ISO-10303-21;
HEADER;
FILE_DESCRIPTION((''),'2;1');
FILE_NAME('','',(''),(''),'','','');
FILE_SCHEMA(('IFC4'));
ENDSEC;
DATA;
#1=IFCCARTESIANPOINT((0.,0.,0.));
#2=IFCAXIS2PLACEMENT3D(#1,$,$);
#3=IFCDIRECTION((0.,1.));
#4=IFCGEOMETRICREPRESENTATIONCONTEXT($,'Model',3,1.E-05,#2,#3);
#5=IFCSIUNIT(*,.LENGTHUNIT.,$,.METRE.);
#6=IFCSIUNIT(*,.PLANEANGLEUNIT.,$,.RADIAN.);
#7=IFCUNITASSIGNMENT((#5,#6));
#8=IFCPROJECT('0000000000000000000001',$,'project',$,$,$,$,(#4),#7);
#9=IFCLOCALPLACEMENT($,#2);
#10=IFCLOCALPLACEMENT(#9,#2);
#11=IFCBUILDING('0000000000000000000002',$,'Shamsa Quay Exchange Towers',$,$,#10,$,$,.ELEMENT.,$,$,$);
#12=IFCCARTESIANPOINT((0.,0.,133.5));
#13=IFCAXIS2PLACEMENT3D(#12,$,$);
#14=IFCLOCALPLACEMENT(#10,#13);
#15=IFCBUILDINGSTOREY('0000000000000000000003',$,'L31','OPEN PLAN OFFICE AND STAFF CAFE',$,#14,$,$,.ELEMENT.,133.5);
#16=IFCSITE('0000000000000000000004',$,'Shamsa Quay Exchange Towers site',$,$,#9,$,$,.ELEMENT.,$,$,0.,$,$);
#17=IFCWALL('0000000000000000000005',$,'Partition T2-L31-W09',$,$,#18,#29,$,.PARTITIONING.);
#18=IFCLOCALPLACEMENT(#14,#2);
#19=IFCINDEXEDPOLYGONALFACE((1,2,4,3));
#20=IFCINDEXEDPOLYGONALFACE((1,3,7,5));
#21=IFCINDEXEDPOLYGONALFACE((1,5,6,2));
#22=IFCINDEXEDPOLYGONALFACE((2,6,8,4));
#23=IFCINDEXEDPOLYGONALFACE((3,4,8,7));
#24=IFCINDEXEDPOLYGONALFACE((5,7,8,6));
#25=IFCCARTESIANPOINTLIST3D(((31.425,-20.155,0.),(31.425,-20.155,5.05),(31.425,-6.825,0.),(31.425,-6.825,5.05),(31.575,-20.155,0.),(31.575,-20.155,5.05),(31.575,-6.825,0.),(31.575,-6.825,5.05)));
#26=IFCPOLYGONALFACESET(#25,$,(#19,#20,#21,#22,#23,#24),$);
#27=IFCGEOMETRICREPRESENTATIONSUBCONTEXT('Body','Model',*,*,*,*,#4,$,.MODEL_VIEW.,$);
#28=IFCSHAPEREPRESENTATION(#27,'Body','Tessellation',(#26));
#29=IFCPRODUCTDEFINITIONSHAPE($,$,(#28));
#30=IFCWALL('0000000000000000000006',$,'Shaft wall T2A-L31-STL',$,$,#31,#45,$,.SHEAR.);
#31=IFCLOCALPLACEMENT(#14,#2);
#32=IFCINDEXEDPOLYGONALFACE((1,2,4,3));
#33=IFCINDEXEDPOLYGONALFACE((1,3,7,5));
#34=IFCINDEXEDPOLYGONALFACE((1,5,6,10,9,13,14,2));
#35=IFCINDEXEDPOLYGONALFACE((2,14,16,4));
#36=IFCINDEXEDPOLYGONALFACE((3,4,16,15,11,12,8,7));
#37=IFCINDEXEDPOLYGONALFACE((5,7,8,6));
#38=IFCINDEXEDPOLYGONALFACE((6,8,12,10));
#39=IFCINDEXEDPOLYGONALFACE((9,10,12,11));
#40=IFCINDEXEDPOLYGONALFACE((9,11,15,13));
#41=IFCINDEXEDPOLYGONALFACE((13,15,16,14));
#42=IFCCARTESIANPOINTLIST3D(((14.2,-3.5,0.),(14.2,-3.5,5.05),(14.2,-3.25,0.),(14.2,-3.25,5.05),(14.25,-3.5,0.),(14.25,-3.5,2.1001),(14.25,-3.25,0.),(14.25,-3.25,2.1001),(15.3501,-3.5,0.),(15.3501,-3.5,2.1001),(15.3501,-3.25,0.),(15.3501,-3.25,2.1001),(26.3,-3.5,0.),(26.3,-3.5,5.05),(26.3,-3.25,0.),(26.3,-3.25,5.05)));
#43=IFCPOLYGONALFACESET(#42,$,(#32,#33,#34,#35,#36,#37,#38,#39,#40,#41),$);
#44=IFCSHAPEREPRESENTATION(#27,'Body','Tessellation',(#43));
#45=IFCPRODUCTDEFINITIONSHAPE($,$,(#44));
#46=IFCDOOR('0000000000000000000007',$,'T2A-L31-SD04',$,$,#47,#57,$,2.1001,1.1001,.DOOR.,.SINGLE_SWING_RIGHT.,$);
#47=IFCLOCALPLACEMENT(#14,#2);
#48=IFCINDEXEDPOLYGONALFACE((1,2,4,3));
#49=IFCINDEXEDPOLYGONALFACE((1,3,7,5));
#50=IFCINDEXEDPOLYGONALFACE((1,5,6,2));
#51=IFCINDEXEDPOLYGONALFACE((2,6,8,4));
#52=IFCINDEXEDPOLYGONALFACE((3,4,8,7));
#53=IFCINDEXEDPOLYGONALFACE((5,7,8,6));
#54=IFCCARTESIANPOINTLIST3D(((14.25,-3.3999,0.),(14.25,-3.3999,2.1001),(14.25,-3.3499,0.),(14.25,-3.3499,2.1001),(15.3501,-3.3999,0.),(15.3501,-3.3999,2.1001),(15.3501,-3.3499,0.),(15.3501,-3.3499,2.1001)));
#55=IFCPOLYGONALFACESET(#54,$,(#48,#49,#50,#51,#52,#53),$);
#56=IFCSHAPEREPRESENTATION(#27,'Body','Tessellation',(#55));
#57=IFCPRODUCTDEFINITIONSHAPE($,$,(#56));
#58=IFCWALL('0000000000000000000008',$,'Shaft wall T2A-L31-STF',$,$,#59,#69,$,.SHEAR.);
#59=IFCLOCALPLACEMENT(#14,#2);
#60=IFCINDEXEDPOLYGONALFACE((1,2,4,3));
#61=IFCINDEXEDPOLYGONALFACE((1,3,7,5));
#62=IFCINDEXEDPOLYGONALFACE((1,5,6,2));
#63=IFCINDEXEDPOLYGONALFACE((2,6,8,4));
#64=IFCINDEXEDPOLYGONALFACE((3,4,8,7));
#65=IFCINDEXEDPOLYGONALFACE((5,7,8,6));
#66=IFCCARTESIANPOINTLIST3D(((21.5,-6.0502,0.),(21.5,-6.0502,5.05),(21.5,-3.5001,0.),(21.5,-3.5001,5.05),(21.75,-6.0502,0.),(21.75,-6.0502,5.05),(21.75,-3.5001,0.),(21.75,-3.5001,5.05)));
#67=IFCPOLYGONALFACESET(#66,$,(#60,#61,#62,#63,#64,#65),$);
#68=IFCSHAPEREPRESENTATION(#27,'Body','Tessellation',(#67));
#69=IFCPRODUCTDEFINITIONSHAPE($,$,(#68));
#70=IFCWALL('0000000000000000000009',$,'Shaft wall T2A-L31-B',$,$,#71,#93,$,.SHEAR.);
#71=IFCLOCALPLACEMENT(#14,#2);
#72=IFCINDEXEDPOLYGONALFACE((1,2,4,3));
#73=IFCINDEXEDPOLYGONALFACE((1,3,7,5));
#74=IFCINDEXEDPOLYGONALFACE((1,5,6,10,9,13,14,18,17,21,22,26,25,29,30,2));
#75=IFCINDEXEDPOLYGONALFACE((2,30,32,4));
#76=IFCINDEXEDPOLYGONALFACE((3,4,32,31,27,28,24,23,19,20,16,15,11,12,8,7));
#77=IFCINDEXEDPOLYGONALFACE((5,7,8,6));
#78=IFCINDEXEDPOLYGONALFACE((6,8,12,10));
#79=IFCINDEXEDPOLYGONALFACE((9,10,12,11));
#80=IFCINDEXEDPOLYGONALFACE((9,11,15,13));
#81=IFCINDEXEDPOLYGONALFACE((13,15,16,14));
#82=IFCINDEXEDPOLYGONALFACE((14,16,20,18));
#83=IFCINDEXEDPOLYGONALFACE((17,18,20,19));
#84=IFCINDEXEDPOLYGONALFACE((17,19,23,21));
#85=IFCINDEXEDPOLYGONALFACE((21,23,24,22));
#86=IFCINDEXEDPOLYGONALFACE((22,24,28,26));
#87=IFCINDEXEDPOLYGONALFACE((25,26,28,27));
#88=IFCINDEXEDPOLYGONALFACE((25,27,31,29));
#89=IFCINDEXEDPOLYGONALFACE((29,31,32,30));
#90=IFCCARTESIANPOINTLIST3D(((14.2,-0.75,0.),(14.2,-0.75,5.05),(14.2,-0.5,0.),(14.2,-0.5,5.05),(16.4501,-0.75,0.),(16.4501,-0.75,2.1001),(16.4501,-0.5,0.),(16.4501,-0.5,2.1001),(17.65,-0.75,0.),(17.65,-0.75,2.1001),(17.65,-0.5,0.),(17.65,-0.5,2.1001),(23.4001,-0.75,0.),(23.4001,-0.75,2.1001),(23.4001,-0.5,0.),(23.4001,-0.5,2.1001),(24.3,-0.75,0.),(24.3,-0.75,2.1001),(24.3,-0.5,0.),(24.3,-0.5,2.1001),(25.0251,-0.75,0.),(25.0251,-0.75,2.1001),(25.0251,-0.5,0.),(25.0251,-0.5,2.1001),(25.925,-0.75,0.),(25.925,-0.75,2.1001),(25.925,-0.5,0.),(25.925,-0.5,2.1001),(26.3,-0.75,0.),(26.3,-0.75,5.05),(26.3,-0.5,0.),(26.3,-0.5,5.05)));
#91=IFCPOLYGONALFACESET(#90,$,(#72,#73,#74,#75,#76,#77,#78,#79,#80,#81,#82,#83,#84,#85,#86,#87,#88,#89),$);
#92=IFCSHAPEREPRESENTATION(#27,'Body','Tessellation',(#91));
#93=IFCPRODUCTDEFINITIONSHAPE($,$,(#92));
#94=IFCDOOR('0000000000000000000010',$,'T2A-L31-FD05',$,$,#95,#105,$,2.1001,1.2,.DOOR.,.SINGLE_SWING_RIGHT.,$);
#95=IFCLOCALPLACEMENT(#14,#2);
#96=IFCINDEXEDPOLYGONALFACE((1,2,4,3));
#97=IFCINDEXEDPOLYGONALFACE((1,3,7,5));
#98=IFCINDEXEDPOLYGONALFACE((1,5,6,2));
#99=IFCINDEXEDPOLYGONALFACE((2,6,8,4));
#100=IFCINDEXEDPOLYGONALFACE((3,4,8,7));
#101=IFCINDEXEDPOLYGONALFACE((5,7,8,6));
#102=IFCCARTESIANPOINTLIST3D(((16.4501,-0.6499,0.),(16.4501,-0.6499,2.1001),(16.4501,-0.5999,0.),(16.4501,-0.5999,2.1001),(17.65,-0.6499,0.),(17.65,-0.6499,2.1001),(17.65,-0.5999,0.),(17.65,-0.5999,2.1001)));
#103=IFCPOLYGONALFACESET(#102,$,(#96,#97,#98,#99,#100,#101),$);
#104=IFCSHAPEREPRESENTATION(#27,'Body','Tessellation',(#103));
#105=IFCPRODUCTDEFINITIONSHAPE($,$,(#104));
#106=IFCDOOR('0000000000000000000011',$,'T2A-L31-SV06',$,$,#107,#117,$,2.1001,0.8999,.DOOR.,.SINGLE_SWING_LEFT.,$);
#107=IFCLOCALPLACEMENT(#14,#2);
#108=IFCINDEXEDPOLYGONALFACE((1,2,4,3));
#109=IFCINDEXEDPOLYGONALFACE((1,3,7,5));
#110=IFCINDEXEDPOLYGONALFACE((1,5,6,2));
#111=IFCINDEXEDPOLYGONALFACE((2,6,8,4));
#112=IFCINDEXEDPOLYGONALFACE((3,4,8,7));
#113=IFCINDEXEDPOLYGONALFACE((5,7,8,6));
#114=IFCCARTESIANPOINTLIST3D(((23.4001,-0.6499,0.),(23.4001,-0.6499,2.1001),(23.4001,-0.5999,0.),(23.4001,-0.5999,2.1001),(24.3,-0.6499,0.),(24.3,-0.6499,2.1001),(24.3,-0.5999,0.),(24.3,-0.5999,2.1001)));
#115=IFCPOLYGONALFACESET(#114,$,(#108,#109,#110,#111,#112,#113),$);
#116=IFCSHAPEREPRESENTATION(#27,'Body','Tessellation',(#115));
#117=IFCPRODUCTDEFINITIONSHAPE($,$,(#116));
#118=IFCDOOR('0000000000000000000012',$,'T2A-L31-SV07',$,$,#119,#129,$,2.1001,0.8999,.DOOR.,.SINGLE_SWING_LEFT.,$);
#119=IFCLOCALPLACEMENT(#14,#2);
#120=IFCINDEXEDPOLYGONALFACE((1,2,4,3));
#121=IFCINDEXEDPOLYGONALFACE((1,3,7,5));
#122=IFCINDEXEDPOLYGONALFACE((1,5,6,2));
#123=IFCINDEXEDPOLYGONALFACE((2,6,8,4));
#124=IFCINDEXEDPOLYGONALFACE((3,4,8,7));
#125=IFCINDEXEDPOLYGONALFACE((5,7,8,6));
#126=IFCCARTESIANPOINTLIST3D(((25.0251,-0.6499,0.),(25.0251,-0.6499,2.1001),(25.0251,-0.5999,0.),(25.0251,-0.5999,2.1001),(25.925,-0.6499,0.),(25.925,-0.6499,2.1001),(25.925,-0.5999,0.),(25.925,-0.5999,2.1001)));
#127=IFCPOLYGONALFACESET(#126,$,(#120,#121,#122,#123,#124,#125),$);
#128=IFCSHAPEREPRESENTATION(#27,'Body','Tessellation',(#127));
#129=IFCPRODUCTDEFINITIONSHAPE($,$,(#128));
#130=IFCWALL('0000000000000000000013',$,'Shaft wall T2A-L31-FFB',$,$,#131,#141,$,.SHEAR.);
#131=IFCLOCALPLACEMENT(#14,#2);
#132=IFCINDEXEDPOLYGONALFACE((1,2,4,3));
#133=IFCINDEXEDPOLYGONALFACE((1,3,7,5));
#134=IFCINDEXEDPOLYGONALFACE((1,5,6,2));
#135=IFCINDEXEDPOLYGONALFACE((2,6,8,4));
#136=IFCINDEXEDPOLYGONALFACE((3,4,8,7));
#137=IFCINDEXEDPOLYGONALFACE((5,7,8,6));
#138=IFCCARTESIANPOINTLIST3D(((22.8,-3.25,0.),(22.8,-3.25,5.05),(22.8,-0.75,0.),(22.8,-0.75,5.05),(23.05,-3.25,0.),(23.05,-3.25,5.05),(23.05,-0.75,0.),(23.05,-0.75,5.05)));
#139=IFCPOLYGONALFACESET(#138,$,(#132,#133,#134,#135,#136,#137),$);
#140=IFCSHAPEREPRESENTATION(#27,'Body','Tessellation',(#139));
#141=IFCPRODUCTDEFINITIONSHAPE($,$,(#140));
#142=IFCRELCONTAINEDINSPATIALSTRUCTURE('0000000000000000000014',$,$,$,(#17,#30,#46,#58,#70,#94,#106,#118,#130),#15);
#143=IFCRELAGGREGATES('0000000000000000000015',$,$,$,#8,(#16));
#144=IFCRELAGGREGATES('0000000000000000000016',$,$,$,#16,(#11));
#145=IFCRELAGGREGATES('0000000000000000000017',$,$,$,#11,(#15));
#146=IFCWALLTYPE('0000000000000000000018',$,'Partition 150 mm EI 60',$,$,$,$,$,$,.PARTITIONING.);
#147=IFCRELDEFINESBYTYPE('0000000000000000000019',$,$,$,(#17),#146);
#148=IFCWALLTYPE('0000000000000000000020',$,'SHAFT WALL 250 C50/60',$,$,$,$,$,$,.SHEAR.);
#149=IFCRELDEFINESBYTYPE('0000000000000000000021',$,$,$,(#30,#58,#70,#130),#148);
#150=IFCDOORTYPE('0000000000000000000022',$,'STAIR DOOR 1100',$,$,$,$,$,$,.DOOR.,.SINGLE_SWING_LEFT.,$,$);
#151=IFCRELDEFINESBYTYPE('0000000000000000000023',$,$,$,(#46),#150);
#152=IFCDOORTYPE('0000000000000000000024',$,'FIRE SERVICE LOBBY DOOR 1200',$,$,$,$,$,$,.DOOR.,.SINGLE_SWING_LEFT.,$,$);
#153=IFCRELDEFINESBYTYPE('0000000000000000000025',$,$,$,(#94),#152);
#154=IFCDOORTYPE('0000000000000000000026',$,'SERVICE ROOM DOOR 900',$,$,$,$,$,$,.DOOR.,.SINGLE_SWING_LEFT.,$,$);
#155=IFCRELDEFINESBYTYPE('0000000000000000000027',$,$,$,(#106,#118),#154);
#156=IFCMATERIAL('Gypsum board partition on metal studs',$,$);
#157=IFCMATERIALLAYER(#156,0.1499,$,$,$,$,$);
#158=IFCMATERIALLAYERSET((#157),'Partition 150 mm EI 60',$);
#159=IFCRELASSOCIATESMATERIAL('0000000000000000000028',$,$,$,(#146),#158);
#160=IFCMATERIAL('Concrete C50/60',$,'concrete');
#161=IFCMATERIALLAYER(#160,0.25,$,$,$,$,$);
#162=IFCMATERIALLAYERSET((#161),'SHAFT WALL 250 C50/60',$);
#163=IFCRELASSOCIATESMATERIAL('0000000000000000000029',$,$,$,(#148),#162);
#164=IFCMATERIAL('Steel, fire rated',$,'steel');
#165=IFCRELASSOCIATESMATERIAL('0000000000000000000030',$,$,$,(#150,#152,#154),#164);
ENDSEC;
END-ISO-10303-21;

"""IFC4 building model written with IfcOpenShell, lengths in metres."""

from ifc_helpers import new_model, si_unit, direction, frame, frame_2d, origin, place, context, subcontext, project, spatial, rectangle, extrude, material, layer, layer_set, type_object, element, fill, save


model = new_model("IFC4")

# Units and contexts
model_context = context("Model", 3, precision=1e-05, world=origin(), true_north=direction((0.0, 1.0)))
body_context = subcontext(model_context, "Body", "Model", "MODEL_VIEW")
ifc_project = project(units=[si_unit("LENGTHUNIT", "METRE"), si_unit("PLANEANGLEUNIT", "RADIAN")], contexts=[model_context])

# Site, building, storey
site_placement = place(None, origin())
site = spatial("IfcSite", under=ifc_project, at=site_placement, Name="Shamsa Quay Exchange Towers site", CompositionType="ELEMENT", RefElevation=0.0)
building_placement = place(site_placement, origin())
building = spatial("IfcBuilding", under=site, at=building_placement, Name="Shamsa Quay Exchange Towers", CompositionType="ELEMENT")
storey_placement = place(building_placement, frame((0.0, 0.0, 133.5)))
storey = spatial("IfcBuildingStorey", under=building, at=storey_placement, Name="L31", Description="OPEN PLAN OFFICE AND STAFF CAFE", CompositionType="ELEMENT", Elevation=133.5)

# Shared definitions
ifc_material_1 = material(Name="Gypsum board partition on metal studs")
ifc_layer_1 = layer(ifc_material_1, 0.1499)
ifc_layer_set_1 = layer_set([ifc_layer_1], Name="Partition 150 mm EI 60")
wall_type_1 = type_object("IfcWallType", Name="Partition 150 mm EI 60", PredefinedType="PARTITIONING", material=ifc_layer_set_1)

# Wall
wall_1_placement = place(storey_placement, frame((31.5, -6.825, 0.0), z_axis=(0.0, 0.0, 1.0), x_axis=(0.0, -1.0, 0.0)))
element("IfcWall", 1, at=wall_1_placement, inside=storey, type_object=wall_type_1, Name="Partition T2-L31-W09", PredefinedType="PARTITIONING", context=body_context, shape_type="SweptSolid", body=[
    extrude(rectangle(XDim=13.3301, YDim=0.1499, at=frame_2d((6.665, 0.0))), origin(), (0.0, 0.0, 1.0), 5.05),
])

# Wall, opening, door
ifc_material_2 = material(Name="Concrete C50/60", Category="concrete")
ifc_layer_2 = layer(ifc_material_2, 0.25)
ifc_layer_set_2 = layer_set([ifc_layer_2], Name="SHAFT WALL 250 C50/60")
wall_type_2 = type_object("IfcWallType", Name="SHAFT WALL 250 C50/60", PredefinedType="SHEAR", material=ifc_layer_set_2)
wall_2_placement = place(storey_placement, frame((26.3, -3.375, 0.0), z_axis=(0.0, 0.0, 1.0), x_axis=(-1.0, 0.0, 0.0)))
wall_2 = element("IfcWall", 2, at=wall_2_placement, inside=storey, type_object=wall_type_2, Name="Shaft wall T2A-L31-STL", PredefinedType="SHEAR", context=body_context, shape_type="SweptSolid", body=[
    extrude(rectangle(XDim=12.1001, YDim=0.25, at=frame_2d((6.05, 0.0))), origin(), (0.0, 0.0, 1.0), 5.05),
])
opening_1_placement = place(wall_2_placement, frame((10.95, 0.0, 0.0)))
opening_1 = element("IfcOpeningElement", 3, at=opening_1_placement, cuts=wall_2, PredefinedType="OPENING", context=body_context, shape_type="SweptSolid", body=[
    extrude(rectangle(XDim=1.1001, YDim=2.1001, at=frame_2d((0.55, 1.05))), frame((0.0, 0.135, 0.0), z_axis=(0.0, -1.0, 0.0), x_axis=(1.0, 0.0, 0.0)), (0.0, 0.0, 1.0), 0.27),
])
ifc_material_3 = material(Name="Steel, fire rated", Category="steel")
door_type_1 = type_object("IfcDoorType", Name="STAIR DOOR 1100", OperationType="SINGLE_SWING_LEFT", PredefinedType="DOOR", material=ifc_material_3)
door_1_placement = place(opening_1_placement, origin())
door_1 = element("IfcDoor", 4, at=door_1_placement, inside=storey, type_object=door_type_1, Name="T2A-L31-SD04", OperationType="SINGLE_SWING_RIGHT", OverallHeight=2.1001, OverallWidth=1.1001, PredefinedType="DOOR", context=body_context, shape_type="SweptSolid", body=[
    extrude(rectangle(XDim=1.1001, YDim=2.1001, at=frame_2d((0.55, 1.05))), frame((0.0, 0.0249, 0.0), z_axis=(0.0, -1.0, 0.0), x_axis=(1.0, 0.0, 0.0)), (0.0, 0.0, 1.0), 0.05),
])
fill(opening_1, door_1)

# Wall
wall_3_placement = place(storey_placement, frame((21.625, -6.05, 0.0), z_axis=(0.0, 0.0, 1.0), x_axis=(0.0, 1.0, 0.0)))
element("IfcWall", 5, at=wall_3_placement, inside=storey, type_object=wall_type_2, Name="Shaft wall T2A-L31-STF", PredefinedType="SHEAR", context=body_context, shape_type="SweptSolid", body=[
    extrude(rectangle(XDim=2.55, YDim=0.25, at=frame_2d((1.2749, 0.0))), origin(), (0.0, 0.0, 1.0), 5.05),
])

# Wall, openings, doors
wall_4_placement = place(storey_placement, frame((26.3, -0.625, 0.0), z_axis=(0.0, 0.0, 1.0), x_axis=(-1.0, 0.0, 0.0)))
wall_4 = element("IfcWall", 6, at=wall_4_placement, inside=storey, type_object=wall_type_2, Name="Shaft wall T2A-L31-B", PredefinedType="SHEAR", context=body_context, shape_type="SweptSolid", body=[
    extrude(rectangle(XDim=12.1001, YDim=0.25, at=frame_2d((6.05, 0.0))), origin(), (0.0, 0.0, 1.0), 5.05),
])
opening_2_placement = place(wall_4_placement, frame((8.6499, 0.0, 0.0)))
opening_2 = element("IfcOpeningElement", 7, at=opening_2_placement, cuts=wall_4, PredefinedType="OPENING", context=body_context, shape_type="SweptSolid", body=[
    extrude(rectangle(XDim=1.2, YDim=2.1001, at=frame_2d((0.6001, 1.05))), frame((0.0, 0.135, 0.0), z_axis=(0.0, -1.0, 0.0), x_axis=(1.0, 0.0, 0.0)), (0.0, 0.0, 1.0), 0.27),
])
opening_3_placement = place(wall_4_placement, frame((2.0, 0.0, 0.0)))
opening_3 = element("IfcOpeningElement", 8, at=opening_3_placement, cuts=wall_4, PredefinedType="OPENING", context=body_context, shape_type="SweptSolid", body=[
    extrude(rectangle(XDim=0.8999, YDim=2.1001, at=frame_2d((0.45, 1.05))), frame((0.0, 0.135, 0.0), z_axis=(0.0, -1.0, 0.0), x_axis=(1.0, 0.0, 0.0)), (0.0, 0.0, 1.0), 0.27),
])
opening_4_placement = place(wall_4_placement, frame((0.375, 0.0, 0.0)))
opening_4 = element("IfcOpeningElement", 9, at=opening_4_placement, cuts=wall_4, PredefinedType="OPENING", context=body_context, shape_type="SweptSolid", body=[
    extrude(rectangle(XDim=0.8999, YDim=2.1001, at=frame_2d((0.45, 1.05))), frame((0.0, 0.135, 0.0), z_axis=(0.0, -1.0, 0.0), x_axis=(1.0, 0.0, 0.0)), (0.0, 0.0, 1.0), 0.27),
])
door_type_2 = type_object("IfcDoorType", Name="FIRE SERVICE LOBBY DOOR 1200", OperationType="SINGLE_SWING_LEFT", PredefinedType="DOOR", material=ifc_material_3)
door_2_placement = place(opening_2_placement, origin())
door_2 = element("IfcDoor", 10, at=door_2_placement, inside=storey, type_object=door_type_2, Name="T2A-L31-FD05", OperationType="SINGLE_SWING_RIGHT", OverallHeight=2.1001, OverallWidth=1.2, PredefinedType="DOOR", context=body_context, shape_type="SweptSolid", body=[
    extrude(rectangle(XDim=1.2, YDim=2.1001, at=frame_2d((0.6001, 1.05))), frame((0.0, 0.0249, 0.0), z_axis=(0.0, -1.0, 0.0), x_axis=(1.0, 0.0, 0.0)), (0.0, 0.0, 1.0), 0.05),
])
fill(opening_2, door_2)
door_type_3 = type_object("IfcDoorType", Name="SERVICE ROOM DOOR 900", OperationType="SINGLE_SWING_LEFT", PredefinedType="DOOR", material=ifc_material_3)
door_3_placement = place(opening_3_placement, origin())
door_3 = element("IfcDoor", 11, at=door_3_placement, inside=storey, type_object=door_type_3, Name="T2A-L31-SV06", OperationType="SINGLE_SWING_LEFT", OverallHeight=2.1001, OverallWidth=0.8999, PredefinedType="DOOR", context=body_context, shape_type="SweptSolid", body=[
    extrude(rectangle(XDim=0.8999, YDim=2.1001, at=frame_2d((0.45, 1.05))), frame((0.0, 0.0249, 0.0), z_axis=(0.0, -1.0, 0.0), x_axis=(1.0, 0.0, 0.0)), (0.0, 0.0, 1.0), 0.05),
])
fill(opening_3, door_3)
door_4_placement = place(opening_4_placement, origin())
door_4 = element("IfcDoor", 12, at=door_4_placement, inside=storey, type_object=door_type_3, Name="T2A-L31-SV07", OperationType="SINGLE_SWING_LEFT", OverallHeight=2.1001, OverallWidth=0.8999, PredefinedType="DOOR", context=body_context, shape_type="SweptSolid", body=[
    extrude(rectangle(XDim=0.8999, YDim=2.1001, at=frame_2d((0.45, 1.05))), frame((0.0, 0.0249, 0.0), z_axis=(0.0, -1.0, 0.0), x_axis=(1.0, 0.0, 0.0)), (0.0, 0.0, 1.0), 0.05),
])
fill(opening_4, door_4)

# Wall
wall_5_placement = place(storey_placement, frame((22.925, -3.25, 0.0), z_axis=(0.0, 0.0, 1.0), x_axis=(0.0, 1.0, 0.0)))
element("IfcWall", 13, at=wall_5_placement, inside=storey, type_object=wall_type_2, Name="Shaft wall T2A-L31-FFB", PredefinedType="SHEAR", context=body_context, shape_type="SweptSolid", body=[
    extrude(rectangle(XDim=2.5, YDim=0.25, at=frame_2d((1.25, 0.0))), origin(), (0.0, 0.0, 1.0), 5.05),
])

save(model, "model.ifc")
